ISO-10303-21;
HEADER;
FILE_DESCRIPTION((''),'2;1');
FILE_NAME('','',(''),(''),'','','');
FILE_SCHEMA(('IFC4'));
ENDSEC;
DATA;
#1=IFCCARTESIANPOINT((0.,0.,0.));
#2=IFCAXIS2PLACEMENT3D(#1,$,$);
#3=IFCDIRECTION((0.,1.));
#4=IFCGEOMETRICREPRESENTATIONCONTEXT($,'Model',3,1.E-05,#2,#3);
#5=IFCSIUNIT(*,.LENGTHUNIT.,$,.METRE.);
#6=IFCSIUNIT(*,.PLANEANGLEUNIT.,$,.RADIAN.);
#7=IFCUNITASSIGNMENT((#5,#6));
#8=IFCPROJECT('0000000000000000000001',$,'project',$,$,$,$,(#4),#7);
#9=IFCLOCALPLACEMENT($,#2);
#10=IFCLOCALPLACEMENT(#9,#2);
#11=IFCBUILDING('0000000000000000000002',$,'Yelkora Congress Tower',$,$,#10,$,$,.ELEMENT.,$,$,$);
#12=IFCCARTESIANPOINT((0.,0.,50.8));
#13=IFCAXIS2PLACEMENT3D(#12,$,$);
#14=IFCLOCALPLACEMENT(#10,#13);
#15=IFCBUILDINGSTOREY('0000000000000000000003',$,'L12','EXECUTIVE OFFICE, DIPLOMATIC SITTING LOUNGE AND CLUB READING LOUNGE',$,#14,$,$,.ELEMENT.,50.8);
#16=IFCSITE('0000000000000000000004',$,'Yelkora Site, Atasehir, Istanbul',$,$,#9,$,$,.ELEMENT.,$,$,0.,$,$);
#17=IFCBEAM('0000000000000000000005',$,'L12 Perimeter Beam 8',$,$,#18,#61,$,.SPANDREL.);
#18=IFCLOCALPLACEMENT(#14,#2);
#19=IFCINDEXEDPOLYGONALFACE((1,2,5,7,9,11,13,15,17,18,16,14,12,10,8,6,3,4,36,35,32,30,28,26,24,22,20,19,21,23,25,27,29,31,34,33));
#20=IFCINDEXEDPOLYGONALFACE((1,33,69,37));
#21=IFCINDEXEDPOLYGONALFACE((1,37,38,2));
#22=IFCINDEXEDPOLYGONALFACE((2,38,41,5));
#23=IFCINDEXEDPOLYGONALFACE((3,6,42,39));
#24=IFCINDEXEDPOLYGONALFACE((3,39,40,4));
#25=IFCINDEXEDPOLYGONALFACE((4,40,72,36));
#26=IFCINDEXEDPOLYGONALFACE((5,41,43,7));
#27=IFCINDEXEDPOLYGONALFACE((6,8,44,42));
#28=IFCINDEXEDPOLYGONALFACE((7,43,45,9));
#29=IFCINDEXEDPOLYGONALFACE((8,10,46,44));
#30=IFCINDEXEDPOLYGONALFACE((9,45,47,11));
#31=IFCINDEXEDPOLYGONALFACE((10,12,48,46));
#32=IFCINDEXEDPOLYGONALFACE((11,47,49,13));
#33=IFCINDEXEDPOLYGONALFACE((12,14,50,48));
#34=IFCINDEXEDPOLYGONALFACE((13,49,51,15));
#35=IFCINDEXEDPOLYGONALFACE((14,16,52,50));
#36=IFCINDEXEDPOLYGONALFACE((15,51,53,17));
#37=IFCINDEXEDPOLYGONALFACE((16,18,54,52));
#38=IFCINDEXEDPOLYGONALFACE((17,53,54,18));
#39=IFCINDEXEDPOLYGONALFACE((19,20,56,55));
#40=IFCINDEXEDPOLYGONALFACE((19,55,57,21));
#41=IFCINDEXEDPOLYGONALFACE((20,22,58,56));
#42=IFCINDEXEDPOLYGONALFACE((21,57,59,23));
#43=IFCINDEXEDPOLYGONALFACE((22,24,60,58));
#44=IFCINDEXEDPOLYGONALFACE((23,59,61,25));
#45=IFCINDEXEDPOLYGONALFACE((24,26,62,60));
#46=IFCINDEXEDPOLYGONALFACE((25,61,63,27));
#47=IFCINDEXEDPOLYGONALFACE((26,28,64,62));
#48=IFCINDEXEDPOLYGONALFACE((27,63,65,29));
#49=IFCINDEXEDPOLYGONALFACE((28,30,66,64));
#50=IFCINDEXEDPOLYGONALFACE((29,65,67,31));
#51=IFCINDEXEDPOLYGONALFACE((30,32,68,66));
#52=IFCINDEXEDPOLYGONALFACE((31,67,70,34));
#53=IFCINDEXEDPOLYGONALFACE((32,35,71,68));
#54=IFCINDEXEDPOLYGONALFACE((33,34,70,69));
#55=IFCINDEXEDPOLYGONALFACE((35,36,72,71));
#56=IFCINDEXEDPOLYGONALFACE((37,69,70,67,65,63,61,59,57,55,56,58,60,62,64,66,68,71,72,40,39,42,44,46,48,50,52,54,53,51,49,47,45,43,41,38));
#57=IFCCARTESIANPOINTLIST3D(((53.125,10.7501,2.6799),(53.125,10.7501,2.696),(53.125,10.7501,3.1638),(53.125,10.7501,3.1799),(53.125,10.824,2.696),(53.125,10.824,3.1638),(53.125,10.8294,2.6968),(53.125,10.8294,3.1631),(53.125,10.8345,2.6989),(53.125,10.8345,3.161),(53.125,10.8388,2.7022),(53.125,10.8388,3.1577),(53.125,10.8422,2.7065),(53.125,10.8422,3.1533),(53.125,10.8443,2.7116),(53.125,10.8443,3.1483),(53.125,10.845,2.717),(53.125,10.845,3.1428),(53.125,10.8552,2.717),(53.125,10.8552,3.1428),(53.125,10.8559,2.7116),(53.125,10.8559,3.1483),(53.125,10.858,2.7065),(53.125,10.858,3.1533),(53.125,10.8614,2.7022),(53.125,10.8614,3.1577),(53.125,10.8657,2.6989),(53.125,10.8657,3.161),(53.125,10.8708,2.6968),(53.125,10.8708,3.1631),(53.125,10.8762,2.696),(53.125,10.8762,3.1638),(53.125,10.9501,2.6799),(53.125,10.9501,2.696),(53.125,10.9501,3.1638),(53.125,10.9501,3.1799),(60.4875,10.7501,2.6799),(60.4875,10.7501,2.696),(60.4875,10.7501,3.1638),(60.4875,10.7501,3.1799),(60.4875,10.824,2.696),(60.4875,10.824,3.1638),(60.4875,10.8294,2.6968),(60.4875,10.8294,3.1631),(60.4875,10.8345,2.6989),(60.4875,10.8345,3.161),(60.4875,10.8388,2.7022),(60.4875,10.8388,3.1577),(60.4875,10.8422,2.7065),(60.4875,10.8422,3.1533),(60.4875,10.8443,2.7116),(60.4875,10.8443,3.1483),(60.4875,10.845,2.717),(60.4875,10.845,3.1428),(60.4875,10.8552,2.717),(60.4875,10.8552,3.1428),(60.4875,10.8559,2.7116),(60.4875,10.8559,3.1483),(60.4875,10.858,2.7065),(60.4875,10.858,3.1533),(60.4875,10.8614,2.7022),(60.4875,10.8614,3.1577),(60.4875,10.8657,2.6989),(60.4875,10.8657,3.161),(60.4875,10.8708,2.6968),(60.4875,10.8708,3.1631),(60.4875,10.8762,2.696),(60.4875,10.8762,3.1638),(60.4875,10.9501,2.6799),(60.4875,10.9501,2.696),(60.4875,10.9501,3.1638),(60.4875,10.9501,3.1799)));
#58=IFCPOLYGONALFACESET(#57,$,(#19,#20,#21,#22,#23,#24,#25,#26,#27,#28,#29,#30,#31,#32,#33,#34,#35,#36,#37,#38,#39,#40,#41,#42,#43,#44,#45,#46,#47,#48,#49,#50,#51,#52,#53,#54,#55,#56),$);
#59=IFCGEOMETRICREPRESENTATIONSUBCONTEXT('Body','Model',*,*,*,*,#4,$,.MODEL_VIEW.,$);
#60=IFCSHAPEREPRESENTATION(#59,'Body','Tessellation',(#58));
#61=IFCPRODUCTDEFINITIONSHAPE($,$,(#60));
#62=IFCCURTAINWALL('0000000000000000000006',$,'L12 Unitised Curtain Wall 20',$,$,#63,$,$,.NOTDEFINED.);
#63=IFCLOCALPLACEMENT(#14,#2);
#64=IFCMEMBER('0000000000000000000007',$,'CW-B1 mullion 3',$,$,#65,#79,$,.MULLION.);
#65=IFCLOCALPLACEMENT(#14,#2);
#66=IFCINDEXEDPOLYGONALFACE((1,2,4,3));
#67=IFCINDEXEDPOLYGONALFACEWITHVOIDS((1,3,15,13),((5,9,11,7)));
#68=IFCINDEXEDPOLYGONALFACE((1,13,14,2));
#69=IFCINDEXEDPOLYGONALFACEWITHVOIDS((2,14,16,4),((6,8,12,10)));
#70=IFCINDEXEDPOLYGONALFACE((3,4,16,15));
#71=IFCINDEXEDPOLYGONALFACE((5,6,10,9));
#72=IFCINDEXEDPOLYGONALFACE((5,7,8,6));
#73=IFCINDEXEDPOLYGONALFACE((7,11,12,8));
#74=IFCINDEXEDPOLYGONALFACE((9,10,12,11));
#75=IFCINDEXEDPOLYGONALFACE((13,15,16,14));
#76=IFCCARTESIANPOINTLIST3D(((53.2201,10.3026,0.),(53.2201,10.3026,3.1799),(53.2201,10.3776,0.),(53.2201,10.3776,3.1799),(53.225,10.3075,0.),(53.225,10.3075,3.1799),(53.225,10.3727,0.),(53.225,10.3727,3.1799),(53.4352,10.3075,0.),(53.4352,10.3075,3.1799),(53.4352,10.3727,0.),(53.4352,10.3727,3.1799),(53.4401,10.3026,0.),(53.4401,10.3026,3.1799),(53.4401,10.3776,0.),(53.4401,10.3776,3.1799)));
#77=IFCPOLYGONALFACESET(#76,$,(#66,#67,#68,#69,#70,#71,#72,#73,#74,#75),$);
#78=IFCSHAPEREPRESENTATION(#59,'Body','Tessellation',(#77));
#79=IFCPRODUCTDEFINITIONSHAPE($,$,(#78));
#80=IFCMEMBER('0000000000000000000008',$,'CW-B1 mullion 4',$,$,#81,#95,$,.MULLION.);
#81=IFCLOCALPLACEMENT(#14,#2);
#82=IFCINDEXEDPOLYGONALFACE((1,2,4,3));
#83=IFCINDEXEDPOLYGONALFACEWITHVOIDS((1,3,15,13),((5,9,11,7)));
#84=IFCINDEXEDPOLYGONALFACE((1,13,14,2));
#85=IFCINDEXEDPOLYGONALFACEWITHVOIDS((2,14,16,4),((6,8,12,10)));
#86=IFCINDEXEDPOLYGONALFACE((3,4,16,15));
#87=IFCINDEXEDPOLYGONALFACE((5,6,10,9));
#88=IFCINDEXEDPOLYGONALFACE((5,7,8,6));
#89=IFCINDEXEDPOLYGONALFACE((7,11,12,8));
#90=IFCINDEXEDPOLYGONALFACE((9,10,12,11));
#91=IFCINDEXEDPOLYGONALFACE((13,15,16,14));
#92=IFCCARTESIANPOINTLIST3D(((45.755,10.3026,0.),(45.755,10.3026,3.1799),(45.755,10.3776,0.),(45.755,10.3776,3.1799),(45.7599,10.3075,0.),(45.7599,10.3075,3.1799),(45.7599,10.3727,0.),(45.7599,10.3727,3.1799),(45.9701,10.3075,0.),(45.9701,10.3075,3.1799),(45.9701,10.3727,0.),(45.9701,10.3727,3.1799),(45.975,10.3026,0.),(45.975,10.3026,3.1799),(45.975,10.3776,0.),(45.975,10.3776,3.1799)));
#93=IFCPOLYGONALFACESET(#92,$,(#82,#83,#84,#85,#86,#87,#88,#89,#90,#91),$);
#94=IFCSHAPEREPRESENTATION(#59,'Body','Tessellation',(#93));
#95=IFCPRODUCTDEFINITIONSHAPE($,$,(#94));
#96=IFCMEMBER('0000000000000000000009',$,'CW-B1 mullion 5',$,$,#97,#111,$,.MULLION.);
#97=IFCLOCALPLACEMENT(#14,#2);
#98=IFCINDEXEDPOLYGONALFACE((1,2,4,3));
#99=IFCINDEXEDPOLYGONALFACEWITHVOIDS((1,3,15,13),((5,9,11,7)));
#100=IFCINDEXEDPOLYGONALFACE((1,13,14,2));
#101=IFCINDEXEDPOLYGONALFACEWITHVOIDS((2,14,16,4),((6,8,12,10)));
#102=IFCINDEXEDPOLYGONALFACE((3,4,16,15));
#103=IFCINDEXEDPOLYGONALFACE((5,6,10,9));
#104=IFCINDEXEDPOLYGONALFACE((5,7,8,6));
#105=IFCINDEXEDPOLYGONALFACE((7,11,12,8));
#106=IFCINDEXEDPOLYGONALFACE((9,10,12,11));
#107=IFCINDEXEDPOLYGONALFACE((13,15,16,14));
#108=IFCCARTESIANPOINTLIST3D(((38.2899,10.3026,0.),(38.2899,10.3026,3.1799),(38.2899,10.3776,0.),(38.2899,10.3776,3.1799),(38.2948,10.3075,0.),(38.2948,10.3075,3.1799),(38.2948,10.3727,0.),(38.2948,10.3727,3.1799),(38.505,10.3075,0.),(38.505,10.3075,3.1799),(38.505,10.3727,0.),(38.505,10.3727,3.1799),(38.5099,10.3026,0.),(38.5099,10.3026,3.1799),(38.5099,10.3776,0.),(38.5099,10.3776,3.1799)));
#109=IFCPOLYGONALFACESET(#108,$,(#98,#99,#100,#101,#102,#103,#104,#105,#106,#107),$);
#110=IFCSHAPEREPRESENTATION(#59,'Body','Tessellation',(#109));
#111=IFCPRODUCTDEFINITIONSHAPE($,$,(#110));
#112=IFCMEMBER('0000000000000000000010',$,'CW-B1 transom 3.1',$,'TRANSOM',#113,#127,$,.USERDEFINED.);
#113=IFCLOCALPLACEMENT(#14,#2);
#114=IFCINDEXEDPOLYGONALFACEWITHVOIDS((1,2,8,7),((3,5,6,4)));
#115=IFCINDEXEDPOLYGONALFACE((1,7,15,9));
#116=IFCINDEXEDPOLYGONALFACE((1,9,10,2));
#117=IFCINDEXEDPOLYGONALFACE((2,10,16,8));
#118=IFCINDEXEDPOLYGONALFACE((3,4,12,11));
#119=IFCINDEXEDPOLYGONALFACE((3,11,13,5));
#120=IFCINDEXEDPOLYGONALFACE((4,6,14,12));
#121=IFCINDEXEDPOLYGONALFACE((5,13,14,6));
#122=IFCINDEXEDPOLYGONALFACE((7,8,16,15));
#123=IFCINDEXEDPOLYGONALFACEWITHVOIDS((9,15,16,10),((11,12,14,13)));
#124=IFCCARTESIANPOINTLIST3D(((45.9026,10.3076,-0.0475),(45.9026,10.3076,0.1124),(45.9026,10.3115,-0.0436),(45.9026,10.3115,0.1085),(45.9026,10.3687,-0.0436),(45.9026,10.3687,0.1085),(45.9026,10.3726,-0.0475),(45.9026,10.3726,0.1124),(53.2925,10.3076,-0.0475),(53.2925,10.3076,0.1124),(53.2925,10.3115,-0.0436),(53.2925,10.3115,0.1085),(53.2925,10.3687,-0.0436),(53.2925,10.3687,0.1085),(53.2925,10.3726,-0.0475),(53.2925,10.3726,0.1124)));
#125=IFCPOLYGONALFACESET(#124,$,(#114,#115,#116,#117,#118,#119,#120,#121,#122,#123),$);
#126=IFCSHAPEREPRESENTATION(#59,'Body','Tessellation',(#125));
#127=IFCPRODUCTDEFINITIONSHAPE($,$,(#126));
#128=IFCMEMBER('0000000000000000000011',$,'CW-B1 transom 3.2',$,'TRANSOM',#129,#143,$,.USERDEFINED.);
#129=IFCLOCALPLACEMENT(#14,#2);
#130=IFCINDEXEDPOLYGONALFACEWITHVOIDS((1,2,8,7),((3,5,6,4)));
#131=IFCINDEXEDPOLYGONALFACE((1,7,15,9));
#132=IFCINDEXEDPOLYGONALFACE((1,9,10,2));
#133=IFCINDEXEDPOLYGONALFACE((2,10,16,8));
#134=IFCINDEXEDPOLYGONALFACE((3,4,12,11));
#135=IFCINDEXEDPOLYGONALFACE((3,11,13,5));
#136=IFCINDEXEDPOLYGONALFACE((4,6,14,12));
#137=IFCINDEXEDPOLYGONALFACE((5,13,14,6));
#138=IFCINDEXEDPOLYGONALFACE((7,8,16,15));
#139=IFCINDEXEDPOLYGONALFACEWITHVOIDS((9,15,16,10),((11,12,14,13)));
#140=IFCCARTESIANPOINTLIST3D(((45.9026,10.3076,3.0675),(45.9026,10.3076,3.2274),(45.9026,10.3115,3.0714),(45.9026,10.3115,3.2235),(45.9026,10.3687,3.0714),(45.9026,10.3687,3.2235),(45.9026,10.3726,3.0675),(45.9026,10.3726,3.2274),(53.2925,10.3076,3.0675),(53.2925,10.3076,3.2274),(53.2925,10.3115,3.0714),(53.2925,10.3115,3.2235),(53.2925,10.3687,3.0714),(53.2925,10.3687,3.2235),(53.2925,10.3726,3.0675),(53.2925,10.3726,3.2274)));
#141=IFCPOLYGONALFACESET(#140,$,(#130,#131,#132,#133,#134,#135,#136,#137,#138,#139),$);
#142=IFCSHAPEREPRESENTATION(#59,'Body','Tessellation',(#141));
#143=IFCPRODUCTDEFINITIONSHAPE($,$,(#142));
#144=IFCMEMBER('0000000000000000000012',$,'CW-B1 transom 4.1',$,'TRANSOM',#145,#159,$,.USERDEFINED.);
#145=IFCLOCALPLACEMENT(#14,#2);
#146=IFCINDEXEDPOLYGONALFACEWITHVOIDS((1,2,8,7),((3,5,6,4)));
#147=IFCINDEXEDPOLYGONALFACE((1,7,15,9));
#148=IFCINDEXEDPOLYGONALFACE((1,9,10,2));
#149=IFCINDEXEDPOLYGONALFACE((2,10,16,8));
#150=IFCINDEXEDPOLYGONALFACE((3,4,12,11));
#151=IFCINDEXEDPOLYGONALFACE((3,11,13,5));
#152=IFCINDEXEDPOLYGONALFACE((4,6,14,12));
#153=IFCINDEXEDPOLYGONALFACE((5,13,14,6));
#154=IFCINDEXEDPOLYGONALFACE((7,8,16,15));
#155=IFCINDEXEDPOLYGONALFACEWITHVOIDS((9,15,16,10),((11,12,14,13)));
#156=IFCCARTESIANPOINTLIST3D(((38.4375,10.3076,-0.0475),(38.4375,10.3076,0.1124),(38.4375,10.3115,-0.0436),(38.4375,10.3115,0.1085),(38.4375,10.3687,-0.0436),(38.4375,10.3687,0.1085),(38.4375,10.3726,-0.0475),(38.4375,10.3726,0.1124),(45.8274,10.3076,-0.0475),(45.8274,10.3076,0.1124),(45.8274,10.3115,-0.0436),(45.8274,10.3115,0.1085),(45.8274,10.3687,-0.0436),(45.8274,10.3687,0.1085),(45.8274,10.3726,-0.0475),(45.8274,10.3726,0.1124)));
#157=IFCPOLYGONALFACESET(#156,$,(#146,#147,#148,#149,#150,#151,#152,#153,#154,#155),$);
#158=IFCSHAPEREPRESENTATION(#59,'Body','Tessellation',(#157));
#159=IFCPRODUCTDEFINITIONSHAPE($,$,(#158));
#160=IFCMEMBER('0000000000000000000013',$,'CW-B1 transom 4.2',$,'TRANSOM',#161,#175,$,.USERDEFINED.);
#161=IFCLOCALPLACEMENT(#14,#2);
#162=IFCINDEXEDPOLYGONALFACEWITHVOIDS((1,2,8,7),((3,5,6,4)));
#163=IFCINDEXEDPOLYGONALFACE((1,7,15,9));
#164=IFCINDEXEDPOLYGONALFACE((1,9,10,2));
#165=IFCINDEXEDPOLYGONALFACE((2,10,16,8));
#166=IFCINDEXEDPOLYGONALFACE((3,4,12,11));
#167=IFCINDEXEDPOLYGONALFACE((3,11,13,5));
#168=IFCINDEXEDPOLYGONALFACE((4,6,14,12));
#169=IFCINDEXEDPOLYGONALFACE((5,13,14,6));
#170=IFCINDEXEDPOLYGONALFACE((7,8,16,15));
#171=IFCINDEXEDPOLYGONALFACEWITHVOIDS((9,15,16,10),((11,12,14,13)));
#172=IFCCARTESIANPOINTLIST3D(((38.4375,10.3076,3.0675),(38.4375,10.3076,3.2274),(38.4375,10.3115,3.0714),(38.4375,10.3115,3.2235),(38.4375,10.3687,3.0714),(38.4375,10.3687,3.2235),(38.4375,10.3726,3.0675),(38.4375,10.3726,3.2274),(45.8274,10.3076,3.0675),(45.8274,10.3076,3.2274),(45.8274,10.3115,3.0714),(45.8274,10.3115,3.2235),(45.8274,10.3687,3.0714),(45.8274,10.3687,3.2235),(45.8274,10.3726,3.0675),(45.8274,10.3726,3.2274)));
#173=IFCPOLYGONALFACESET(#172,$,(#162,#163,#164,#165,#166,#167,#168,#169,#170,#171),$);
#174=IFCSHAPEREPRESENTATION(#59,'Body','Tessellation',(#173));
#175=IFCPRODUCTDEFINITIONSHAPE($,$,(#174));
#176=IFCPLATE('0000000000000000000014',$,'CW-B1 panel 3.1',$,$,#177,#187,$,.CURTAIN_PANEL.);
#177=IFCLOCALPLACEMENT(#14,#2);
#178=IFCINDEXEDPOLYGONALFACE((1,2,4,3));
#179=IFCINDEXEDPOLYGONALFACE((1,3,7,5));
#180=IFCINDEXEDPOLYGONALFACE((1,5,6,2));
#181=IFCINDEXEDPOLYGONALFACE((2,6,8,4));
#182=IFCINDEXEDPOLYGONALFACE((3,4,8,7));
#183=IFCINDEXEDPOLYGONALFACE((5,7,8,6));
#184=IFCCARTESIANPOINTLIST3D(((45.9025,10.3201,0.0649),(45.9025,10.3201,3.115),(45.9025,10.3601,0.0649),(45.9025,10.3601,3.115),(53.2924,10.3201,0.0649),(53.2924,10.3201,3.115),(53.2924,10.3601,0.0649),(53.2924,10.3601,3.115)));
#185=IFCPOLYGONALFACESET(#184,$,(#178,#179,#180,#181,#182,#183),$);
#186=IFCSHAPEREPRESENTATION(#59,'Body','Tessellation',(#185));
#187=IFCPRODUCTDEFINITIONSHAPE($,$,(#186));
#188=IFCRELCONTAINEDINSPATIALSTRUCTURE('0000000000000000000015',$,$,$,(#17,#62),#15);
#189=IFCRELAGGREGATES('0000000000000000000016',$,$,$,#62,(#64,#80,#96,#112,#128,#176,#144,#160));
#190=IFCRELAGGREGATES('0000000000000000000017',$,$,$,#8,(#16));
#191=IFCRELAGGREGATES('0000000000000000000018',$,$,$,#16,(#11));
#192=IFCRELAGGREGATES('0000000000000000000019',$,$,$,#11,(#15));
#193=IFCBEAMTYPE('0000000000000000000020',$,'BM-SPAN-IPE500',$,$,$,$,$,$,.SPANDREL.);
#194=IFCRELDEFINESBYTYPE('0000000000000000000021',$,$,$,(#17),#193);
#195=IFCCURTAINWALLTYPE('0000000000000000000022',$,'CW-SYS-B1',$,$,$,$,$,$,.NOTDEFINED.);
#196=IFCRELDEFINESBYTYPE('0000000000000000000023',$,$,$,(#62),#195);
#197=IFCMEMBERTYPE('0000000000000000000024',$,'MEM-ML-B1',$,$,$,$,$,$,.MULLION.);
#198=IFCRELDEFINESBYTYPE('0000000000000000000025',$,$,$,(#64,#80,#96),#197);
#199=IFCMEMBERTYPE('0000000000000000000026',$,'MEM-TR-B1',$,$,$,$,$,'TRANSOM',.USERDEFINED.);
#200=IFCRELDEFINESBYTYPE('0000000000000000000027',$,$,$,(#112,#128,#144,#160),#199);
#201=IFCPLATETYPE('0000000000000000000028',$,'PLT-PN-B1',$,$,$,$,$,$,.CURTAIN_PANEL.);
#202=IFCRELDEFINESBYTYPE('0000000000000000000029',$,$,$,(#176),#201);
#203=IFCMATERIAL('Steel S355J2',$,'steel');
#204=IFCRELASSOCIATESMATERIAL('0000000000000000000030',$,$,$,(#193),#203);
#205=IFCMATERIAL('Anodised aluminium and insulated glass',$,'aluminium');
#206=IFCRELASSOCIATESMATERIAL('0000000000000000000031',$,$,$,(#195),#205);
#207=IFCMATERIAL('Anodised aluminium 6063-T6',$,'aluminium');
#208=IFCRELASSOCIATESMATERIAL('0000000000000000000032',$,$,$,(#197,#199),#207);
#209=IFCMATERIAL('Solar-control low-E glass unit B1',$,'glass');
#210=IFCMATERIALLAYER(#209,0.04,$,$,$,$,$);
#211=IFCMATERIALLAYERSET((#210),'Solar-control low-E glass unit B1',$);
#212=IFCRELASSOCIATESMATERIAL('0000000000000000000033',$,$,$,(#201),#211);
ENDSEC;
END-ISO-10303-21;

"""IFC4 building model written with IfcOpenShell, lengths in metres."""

from ifc_helpers import new_model, si_unit, direction, frame, origin, origin_2d, place, context, subcontext, project, spatial, rectangle, hollow_rectangle, i_section, extrude, material, layer, layer_set, material_profile, profile_set, type_object, element, aggregate, save


model = new_model("IFC4")

# Units and contexts
model_context = context("Model", 3, precision=1e-05, world=origin(), true_north=direction((0.0, 1.0)))
body_context = subcontext(model_context, "Body", "Model", "MODEL_VIEW")
ifc_project = project(units=[si_unit("LENGTHUNIT", "METRE"), si_unit("PLANEANGLEUNIT", "RADIAN")], contexts=[model_context])

# Site, building, storey
site_placement = place(None, origin())
site = spatial("IfcSite", under=ifc_project, at=site_placement, Name="Yelkora Site, Atasehir, Istanbul", CompositionType="ELEMENT", RefElevation=0.0)
building_placement = place(site_placement, origin())
building = spatial("IfcBuilding", under=site, at=building_placement, Name="Yelkora Congress Tower", CompositionType="ELEMENT")
storey_placement = place(building_placement, frame((0.0, 0.0, 50.8)))
storey = spatial("IfcBuildingStorey", under=building, at=storey_placement, Name="L12", Description="EXECUTIVE OFFICE, DIPLOMATIC SITTING LOUNGE AND CLUB READING LOUNGE", CompositionType="ELEMENT", Elevation=50.8)

# Beam
ifc_material_1 = material(Name="Steel S355J2", Category="steel")
ifc_material_profile_1 = material_profile(ifc_material_1, i_section(OverallWidth=0.2, OverallDepth=0.5, WebThickness=0.0103, FlangeThickness=0.0161, FilletRadius=0.021, at=origin_2d()), Name="IPE 500")
ifc_profile_set_1 = profile_set([ifc_material_profile_1], Name="Steel S355J2")
beam_type_1 = type_object("IfcBeamType", Name="BM-SPAN-IPE500", PredefinedType="SPANDREL", material=ifc_profile_set_1)
for number, where, z_axis, x_axis, name in (
    (1, (53.125, 10.8501, 2.9299), (1.0, 0.0, 0.0), (0.0, 1.0, 0.0), "L12 Perimeter Beam 8"),
):
    element("IfcBeam", number, at=place(storey_placement, frame(where, z_axis=z_axis, x_axis=x_axis)), inside=storey, type_object=beam_type_1, Name=name, PredefinedType="SPANDREL", context=body_context, shape_type="SweptSolid", body=[
        extrude(i_section(OverallWidth=0.2, OverallDepth=0.5, WebThickness=0.0103, FlangeThickness=0.0161, FilletRadius=0.021, at=origin_2d()), origin(), (0.0, 0.0, 1.0), 7.3625),
    ])

# Curtain wall, members, plate
ifc_material_2 = material(Name="Anodised aluminium and insulated glass", Category="aluminium")
curtain_wall_type = type_object("IfcCurtainWallType", Name="CW-SYS-B1", PredefinedType="NOTDEFINED", material=ifc_material_2)
curtain_wall_placement = place(storey_placement, origin())
curtain_wall = element("IfcCurtainWall", 2, at=curtain_wall_placement, inside=storey, type_object=curtain_wall_type, Name="L12 Unitised Curtain Wall 20", PredefinedType="NOTDEFINED")
ifc_material_3 = material(Name="Anodised aluminium 6063-T6", Category="aluminium")
ifc_material_profile_2 = material_profile(ifc_material_3, hollow_rectangle(XDim=0.075, YDim=0.22, WallThickness=0.0049, at=origin_2d()), Name="ALU 75x220x5")
ifc_profile_set_2 = profile_set([ifc_material_profile_2], Name="Anodised aluminium 6063-T6")
member_type_1 = type_object("IfcMemberType", Name="MEM-ML-B1", PredefinedType="MULLION", material=ifc_profile_set_2)
member_1_placement = place(storey_placement, frame((53.3301, 10.3401, 0.0), z_axis=(0.0, 0.0, 1.0), x_axis=(0.0, -1.0, 0.0)))
member_1 = element("IfcMember", 3, at=member_1_placement, type_object=member_type_1, Name="CW-B1 mullion 3", PredefinedType="MULLION", context=body_context, shape_type="SweptSolid", body=[
    extrude(hollow_rectangle(XDim=0.075, YDim=0.22, WallThickness=0.0049, at=origin_2d()), origin(), (0.0, 0.0, 1.0), 3.1799),
])
member_2_placement = place(storey_placement, frame((45.865, 10.3401, 0.0), z_axis=(0.0, 0.0, 1.0), x_axis=(0.0, -1.0, 0.0)))
member_2 = element("IfcMember", 4, at=member_2_placement, type_object=member_type_1, Name="CW-B1 mullion 4", PredefinedType="MULLION", context=body_context, shape_type="SweptSolid", body=[
    extrude(hollow_rectangle(XDim=0.075, YDim=0.22, WallThickness=0.0049, at=origin_2d()), origin(), (0.0, 0.0, 1.0), 3.1799),
])
member_3_placement = place(storey_placement, frame((38.3999, 10.3401, 0.0), z_axis=(0.0, 0.0, 1.0), x_axis=(0.0, -1.0, 0.0)))
member_3 = element("IfcMember", 5, at=member_3_placement, type_object=member_type_1, Name="CW-B1 mullion 5", PredefinedType="MULLION", context=body_context, shape_type="SweptSolid", body=[
    extrude(hollow_rectangle(XDim=0.075, YDim=0.22, WallThickness=0.0049, at=origin_2d()), origin(), (0.0, 0.0, 1.0), 3.1799),
])
ifc_material_profile_3 = material_profile(ifc_material_3, hollow_rectangle(XDim=0.0649, YDim=0.1599, WallThickness=0.0039, at=origin_2d()), Name="ALU 65x160x4")
ifc_profile_set_3 = profile_set([ifc_material_profile_3], Name="Anodised aluminium 6063-T6")
member_type_2 = type_object("IfcMemberType", Name="MEM-TR-B1", ElementType="TRANSOM", PredefinedType="USERDEFINED", material=ifc_profile_set_3)
member_4_placement = place(storey_placement, frame((53.2925, 10.3401, 0.0325), z_axis=(-1.0, 0.0, 0.0), x_axis=(0.0, -1.0, 0.0)))
member_4 = element("IfcMember", 6, at=member_4_placement, type_object=member_type_2, Name="CW-B1 transom 3.1", ObjectType="TRANSOM", PredefinedType="USERDEFINED", context=body_context, shape_type="SweptSolid", body=[
    extrude(hollow_rectangle(XDim=0.0649, YDim=0.1599, WallThickness=0.0039, at=origin_2d()), origin(), (0.0, 0.0, 1.0), 7.3899),
])
member_5_placement = place(storey_placement, frame((53.2925, 10.3401, 3.1475), z_axis=(-1.0, 0.0, 0.0), x_axis=(0.0, -1.0, 0.0)))
member_5 = element("IfcMember", 7, at=member_5_placement, type_object=member_type_2, Name="CW-B1 transom 3.2", ObjectType="TRANSOM", PredefinedType="USERDEFINED", context=body_context, shape_type="SweptSolid", body=[
    extrude(hollow_rectangle(XDim=0.0649, YDim=0.1599, WallThickness=0.0039, at=origin_2d()), origin(), (0.0, 0.0, 1.0), 7.3899),
])
member_6_placement = place(storey_placement, frame((45.8274, 10.3401, 0.0325), z_axis=(-1.0, 0.0, 0.0), x_axis=(0.0, -1.0, 0.0)))
member_6 = element("IfcMember", 8, at=member_6_placement, type_object=member_type_2, Name="CW-B1 transom 4.1", ObjectType="TRANSOM", PredefinedType="USERDEFINED", context=body_context, shape_type="SweptSolid", body=[
    extrude(hollow_rectangle(XDim=0.0649, YDim=0.1599, WallThickness=0.0039, at=origin_2d()), origin(), (0.0, 0.0, 1.0), 7.3899),
])
member_7_placement = place(storey_placement, frame((45.8274, 10.3401, 3.1475), z_axis=(-1.0, 0.0, 0.0), x_axis=(0.0, -1.0, 0.0)))
member_7 = element("IfcMember", 9, at=member_7_placement, type_object=member_type_2, Name="CW-B1 transom 4.2", ObjectType="TRANSOM", PredefinedType="USERDEFINED", context=body_context, shape_type="SweptSolid", body=[
    extrude(hollow_rectangle(XDim=0.0649, YDim=0.1599, WallThickness=0.0039, at=origin_2d()), origin(), (0.0, 0.0, 1.0), 7.3899),
])
ifc_material_4 = material(Name="Solar-control low-E glass unit B1", Category="glass")
ifc_layer_1 = layer(ifc_material_4, 0.04)
ifc_layer_set_1 = layer_set([ifc_layer_1], Name="Solar-control low-E glass unit B1")
plate_type = type_object("IfcPlateType", Name="PLT-PN-B1", PredefinedType="CURTAIN_PANEL", material=ifc_layer_set_1)
plate_1_placement = place(storey_placement, frame((49.5974, 10.3401, 0.0649), z_axis=(0.0, 0.0, 1.0), x_axis=(-1.0, 0.0, 0.0)))
plate_1 = element("IfcPlate", 10, at=plate_1_placement, type_object=plate_type, Name="CW-B1 panel 3.1", PredefinedType="CURTAIN_PANEL", context=body_context, shape_type="SweptSolid", body=[
    extrude(rectangle(XDim=7.3899, YDim=0.04, at=origin_2d()), origin(), (0.0, 0.0, 1.0), 3.05),
])
aggregate(curtain_wall, [member_1, member_2, member_3, member_4, member_5, plate_1, member_6, member_7])

save(model, "model.ifc")
